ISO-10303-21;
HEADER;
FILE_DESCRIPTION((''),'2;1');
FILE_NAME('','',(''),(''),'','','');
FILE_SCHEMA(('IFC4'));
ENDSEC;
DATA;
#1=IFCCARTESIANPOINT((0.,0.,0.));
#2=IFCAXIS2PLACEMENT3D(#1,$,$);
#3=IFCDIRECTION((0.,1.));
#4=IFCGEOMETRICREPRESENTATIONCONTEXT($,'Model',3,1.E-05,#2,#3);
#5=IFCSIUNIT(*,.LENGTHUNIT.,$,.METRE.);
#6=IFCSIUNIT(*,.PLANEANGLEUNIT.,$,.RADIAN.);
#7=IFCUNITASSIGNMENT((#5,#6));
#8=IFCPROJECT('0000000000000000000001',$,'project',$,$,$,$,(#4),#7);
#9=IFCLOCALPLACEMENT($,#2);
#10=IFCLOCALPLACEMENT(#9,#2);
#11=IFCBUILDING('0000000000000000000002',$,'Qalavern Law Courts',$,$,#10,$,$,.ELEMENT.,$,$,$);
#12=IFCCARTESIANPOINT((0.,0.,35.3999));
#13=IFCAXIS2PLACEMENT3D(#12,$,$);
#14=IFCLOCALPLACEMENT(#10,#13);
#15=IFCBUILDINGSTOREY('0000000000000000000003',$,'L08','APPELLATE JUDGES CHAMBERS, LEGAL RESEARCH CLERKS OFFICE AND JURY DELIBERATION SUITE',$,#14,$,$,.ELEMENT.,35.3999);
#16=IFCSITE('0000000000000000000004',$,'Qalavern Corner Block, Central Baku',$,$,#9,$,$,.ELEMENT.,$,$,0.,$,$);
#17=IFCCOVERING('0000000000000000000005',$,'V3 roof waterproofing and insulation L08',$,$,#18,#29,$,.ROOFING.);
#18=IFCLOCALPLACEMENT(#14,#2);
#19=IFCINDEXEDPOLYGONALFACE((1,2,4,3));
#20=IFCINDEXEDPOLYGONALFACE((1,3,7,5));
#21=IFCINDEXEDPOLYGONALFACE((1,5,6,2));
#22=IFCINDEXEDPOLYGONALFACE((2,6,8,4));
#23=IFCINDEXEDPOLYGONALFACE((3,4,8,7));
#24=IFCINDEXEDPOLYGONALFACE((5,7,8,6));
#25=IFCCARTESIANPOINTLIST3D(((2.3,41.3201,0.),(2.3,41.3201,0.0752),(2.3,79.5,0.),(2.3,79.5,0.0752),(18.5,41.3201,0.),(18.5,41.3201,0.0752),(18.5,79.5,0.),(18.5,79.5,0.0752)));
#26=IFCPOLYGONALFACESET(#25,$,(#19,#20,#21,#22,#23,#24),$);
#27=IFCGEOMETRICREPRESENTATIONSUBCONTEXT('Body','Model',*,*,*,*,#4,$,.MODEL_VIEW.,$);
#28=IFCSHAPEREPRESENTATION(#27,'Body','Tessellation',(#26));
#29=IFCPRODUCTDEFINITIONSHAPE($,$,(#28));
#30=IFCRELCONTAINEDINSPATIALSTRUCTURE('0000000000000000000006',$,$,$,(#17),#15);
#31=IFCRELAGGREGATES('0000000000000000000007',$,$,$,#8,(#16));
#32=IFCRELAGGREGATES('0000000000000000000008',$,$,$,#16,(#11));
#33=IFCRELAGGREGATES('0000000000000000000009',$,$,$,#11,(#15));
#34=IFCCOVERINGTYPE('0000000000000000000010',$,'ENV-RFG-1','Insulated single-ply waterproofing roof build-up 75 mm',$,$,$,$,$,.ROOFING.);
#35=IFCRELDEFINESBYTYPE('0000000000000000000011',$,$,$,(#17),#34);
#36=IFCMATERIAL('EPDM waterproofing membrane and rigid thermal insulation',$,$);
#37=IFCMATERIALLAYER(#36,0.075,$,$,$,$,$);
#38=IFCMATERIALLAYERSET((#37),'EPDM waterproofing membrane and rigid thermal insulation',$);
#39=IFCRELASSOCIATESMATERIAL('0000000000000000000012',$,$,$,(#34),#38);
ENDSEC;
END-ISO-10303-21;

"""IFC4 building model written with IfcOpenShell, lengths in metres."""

from ifc_helpers import new_model, si_unit, direction, frame, origin, place, context, subcontext, project, spatial, polyline, outline, extrude, material, layer, layer_set, type_object, element, save


model = new_model("IFC4")

# Units and contexts
model_context = context("Model", 3, precision=1e-05, world=origin(), true_north=direction((0.0, 1.0)))
body_context = subcontext(model_context, "Body", "Model", "MODEL_VIEW")
ifc_project = project(units=[si_unit("LENGTHUNIT", "METRE"), si_unit("PLANEANGLEUNIT", "RADIAN")], contexts=[model_context])

# Site, building, storey
site_placement = place(None, origin())
site = spatial("IfcSite", under=ifc_project, at=site_placement, Name="Qalavern Corner Block, Central Baku", CompositionType="ELEMENT", RefElevation=0.0)
building_placement = place(site_placement, origin())
building = spatial("IfcBuilding", under=site, at=building_placement, Name="Qalavern Law Courts", CompositionType="ELEMENT")
storey_placement = place(building_placement, frame((0.0, 0.0, 35.3999)))
storey = spatial("IfcBuildingStorey", under=building, at=storey_placement, Name="L08", Description="APPELLATE JUDGES CHAMBERS, LEGAL RESEARCH CLERKS OFFICE AND JURY DELIBERATION SUITE", CompositionType="ELEMENT", Elevation=35.3999)

# Covering
ifc_material_1 = material(Name="EPDM waterproofing membrane and rigid thermal insulation")
ifc_layer_1 = layer(ifc_material_1, 0.075)
ifc_layer_set_1 = layer_set([ifc_layer_1], Name="EPDM waterproofing membrane and rigid thermal insulation")
covering_type_1 = type_object("IfcCoveringType", Name="ENV-RFG-1", Description="Insulated single-ply waterproofing roof build-up 75 mm", PredefinedType="ROOFING", material=ifc_layer_set_1)
covering_1_placement = place(storey_placement, origin())
element("IfcCovering", 1, at=covering_1_placement, inside=storey, type_object=covering_type_1, Name="V3 roof waterproofing and insulation L08", PredefinedType="ROOFING", context=body_context, shape_type="SweptSolid", body=[
    extrude(outline(polyline([(2.3, 41.3201), (18.5, 41.3201), (18.5, 79.5), (2.3, 79.5), (2.3, 41.3201)])), origin(), (0.0, 0.0, 1.0), 0.0752),
])

save(model, "model.ifc")
